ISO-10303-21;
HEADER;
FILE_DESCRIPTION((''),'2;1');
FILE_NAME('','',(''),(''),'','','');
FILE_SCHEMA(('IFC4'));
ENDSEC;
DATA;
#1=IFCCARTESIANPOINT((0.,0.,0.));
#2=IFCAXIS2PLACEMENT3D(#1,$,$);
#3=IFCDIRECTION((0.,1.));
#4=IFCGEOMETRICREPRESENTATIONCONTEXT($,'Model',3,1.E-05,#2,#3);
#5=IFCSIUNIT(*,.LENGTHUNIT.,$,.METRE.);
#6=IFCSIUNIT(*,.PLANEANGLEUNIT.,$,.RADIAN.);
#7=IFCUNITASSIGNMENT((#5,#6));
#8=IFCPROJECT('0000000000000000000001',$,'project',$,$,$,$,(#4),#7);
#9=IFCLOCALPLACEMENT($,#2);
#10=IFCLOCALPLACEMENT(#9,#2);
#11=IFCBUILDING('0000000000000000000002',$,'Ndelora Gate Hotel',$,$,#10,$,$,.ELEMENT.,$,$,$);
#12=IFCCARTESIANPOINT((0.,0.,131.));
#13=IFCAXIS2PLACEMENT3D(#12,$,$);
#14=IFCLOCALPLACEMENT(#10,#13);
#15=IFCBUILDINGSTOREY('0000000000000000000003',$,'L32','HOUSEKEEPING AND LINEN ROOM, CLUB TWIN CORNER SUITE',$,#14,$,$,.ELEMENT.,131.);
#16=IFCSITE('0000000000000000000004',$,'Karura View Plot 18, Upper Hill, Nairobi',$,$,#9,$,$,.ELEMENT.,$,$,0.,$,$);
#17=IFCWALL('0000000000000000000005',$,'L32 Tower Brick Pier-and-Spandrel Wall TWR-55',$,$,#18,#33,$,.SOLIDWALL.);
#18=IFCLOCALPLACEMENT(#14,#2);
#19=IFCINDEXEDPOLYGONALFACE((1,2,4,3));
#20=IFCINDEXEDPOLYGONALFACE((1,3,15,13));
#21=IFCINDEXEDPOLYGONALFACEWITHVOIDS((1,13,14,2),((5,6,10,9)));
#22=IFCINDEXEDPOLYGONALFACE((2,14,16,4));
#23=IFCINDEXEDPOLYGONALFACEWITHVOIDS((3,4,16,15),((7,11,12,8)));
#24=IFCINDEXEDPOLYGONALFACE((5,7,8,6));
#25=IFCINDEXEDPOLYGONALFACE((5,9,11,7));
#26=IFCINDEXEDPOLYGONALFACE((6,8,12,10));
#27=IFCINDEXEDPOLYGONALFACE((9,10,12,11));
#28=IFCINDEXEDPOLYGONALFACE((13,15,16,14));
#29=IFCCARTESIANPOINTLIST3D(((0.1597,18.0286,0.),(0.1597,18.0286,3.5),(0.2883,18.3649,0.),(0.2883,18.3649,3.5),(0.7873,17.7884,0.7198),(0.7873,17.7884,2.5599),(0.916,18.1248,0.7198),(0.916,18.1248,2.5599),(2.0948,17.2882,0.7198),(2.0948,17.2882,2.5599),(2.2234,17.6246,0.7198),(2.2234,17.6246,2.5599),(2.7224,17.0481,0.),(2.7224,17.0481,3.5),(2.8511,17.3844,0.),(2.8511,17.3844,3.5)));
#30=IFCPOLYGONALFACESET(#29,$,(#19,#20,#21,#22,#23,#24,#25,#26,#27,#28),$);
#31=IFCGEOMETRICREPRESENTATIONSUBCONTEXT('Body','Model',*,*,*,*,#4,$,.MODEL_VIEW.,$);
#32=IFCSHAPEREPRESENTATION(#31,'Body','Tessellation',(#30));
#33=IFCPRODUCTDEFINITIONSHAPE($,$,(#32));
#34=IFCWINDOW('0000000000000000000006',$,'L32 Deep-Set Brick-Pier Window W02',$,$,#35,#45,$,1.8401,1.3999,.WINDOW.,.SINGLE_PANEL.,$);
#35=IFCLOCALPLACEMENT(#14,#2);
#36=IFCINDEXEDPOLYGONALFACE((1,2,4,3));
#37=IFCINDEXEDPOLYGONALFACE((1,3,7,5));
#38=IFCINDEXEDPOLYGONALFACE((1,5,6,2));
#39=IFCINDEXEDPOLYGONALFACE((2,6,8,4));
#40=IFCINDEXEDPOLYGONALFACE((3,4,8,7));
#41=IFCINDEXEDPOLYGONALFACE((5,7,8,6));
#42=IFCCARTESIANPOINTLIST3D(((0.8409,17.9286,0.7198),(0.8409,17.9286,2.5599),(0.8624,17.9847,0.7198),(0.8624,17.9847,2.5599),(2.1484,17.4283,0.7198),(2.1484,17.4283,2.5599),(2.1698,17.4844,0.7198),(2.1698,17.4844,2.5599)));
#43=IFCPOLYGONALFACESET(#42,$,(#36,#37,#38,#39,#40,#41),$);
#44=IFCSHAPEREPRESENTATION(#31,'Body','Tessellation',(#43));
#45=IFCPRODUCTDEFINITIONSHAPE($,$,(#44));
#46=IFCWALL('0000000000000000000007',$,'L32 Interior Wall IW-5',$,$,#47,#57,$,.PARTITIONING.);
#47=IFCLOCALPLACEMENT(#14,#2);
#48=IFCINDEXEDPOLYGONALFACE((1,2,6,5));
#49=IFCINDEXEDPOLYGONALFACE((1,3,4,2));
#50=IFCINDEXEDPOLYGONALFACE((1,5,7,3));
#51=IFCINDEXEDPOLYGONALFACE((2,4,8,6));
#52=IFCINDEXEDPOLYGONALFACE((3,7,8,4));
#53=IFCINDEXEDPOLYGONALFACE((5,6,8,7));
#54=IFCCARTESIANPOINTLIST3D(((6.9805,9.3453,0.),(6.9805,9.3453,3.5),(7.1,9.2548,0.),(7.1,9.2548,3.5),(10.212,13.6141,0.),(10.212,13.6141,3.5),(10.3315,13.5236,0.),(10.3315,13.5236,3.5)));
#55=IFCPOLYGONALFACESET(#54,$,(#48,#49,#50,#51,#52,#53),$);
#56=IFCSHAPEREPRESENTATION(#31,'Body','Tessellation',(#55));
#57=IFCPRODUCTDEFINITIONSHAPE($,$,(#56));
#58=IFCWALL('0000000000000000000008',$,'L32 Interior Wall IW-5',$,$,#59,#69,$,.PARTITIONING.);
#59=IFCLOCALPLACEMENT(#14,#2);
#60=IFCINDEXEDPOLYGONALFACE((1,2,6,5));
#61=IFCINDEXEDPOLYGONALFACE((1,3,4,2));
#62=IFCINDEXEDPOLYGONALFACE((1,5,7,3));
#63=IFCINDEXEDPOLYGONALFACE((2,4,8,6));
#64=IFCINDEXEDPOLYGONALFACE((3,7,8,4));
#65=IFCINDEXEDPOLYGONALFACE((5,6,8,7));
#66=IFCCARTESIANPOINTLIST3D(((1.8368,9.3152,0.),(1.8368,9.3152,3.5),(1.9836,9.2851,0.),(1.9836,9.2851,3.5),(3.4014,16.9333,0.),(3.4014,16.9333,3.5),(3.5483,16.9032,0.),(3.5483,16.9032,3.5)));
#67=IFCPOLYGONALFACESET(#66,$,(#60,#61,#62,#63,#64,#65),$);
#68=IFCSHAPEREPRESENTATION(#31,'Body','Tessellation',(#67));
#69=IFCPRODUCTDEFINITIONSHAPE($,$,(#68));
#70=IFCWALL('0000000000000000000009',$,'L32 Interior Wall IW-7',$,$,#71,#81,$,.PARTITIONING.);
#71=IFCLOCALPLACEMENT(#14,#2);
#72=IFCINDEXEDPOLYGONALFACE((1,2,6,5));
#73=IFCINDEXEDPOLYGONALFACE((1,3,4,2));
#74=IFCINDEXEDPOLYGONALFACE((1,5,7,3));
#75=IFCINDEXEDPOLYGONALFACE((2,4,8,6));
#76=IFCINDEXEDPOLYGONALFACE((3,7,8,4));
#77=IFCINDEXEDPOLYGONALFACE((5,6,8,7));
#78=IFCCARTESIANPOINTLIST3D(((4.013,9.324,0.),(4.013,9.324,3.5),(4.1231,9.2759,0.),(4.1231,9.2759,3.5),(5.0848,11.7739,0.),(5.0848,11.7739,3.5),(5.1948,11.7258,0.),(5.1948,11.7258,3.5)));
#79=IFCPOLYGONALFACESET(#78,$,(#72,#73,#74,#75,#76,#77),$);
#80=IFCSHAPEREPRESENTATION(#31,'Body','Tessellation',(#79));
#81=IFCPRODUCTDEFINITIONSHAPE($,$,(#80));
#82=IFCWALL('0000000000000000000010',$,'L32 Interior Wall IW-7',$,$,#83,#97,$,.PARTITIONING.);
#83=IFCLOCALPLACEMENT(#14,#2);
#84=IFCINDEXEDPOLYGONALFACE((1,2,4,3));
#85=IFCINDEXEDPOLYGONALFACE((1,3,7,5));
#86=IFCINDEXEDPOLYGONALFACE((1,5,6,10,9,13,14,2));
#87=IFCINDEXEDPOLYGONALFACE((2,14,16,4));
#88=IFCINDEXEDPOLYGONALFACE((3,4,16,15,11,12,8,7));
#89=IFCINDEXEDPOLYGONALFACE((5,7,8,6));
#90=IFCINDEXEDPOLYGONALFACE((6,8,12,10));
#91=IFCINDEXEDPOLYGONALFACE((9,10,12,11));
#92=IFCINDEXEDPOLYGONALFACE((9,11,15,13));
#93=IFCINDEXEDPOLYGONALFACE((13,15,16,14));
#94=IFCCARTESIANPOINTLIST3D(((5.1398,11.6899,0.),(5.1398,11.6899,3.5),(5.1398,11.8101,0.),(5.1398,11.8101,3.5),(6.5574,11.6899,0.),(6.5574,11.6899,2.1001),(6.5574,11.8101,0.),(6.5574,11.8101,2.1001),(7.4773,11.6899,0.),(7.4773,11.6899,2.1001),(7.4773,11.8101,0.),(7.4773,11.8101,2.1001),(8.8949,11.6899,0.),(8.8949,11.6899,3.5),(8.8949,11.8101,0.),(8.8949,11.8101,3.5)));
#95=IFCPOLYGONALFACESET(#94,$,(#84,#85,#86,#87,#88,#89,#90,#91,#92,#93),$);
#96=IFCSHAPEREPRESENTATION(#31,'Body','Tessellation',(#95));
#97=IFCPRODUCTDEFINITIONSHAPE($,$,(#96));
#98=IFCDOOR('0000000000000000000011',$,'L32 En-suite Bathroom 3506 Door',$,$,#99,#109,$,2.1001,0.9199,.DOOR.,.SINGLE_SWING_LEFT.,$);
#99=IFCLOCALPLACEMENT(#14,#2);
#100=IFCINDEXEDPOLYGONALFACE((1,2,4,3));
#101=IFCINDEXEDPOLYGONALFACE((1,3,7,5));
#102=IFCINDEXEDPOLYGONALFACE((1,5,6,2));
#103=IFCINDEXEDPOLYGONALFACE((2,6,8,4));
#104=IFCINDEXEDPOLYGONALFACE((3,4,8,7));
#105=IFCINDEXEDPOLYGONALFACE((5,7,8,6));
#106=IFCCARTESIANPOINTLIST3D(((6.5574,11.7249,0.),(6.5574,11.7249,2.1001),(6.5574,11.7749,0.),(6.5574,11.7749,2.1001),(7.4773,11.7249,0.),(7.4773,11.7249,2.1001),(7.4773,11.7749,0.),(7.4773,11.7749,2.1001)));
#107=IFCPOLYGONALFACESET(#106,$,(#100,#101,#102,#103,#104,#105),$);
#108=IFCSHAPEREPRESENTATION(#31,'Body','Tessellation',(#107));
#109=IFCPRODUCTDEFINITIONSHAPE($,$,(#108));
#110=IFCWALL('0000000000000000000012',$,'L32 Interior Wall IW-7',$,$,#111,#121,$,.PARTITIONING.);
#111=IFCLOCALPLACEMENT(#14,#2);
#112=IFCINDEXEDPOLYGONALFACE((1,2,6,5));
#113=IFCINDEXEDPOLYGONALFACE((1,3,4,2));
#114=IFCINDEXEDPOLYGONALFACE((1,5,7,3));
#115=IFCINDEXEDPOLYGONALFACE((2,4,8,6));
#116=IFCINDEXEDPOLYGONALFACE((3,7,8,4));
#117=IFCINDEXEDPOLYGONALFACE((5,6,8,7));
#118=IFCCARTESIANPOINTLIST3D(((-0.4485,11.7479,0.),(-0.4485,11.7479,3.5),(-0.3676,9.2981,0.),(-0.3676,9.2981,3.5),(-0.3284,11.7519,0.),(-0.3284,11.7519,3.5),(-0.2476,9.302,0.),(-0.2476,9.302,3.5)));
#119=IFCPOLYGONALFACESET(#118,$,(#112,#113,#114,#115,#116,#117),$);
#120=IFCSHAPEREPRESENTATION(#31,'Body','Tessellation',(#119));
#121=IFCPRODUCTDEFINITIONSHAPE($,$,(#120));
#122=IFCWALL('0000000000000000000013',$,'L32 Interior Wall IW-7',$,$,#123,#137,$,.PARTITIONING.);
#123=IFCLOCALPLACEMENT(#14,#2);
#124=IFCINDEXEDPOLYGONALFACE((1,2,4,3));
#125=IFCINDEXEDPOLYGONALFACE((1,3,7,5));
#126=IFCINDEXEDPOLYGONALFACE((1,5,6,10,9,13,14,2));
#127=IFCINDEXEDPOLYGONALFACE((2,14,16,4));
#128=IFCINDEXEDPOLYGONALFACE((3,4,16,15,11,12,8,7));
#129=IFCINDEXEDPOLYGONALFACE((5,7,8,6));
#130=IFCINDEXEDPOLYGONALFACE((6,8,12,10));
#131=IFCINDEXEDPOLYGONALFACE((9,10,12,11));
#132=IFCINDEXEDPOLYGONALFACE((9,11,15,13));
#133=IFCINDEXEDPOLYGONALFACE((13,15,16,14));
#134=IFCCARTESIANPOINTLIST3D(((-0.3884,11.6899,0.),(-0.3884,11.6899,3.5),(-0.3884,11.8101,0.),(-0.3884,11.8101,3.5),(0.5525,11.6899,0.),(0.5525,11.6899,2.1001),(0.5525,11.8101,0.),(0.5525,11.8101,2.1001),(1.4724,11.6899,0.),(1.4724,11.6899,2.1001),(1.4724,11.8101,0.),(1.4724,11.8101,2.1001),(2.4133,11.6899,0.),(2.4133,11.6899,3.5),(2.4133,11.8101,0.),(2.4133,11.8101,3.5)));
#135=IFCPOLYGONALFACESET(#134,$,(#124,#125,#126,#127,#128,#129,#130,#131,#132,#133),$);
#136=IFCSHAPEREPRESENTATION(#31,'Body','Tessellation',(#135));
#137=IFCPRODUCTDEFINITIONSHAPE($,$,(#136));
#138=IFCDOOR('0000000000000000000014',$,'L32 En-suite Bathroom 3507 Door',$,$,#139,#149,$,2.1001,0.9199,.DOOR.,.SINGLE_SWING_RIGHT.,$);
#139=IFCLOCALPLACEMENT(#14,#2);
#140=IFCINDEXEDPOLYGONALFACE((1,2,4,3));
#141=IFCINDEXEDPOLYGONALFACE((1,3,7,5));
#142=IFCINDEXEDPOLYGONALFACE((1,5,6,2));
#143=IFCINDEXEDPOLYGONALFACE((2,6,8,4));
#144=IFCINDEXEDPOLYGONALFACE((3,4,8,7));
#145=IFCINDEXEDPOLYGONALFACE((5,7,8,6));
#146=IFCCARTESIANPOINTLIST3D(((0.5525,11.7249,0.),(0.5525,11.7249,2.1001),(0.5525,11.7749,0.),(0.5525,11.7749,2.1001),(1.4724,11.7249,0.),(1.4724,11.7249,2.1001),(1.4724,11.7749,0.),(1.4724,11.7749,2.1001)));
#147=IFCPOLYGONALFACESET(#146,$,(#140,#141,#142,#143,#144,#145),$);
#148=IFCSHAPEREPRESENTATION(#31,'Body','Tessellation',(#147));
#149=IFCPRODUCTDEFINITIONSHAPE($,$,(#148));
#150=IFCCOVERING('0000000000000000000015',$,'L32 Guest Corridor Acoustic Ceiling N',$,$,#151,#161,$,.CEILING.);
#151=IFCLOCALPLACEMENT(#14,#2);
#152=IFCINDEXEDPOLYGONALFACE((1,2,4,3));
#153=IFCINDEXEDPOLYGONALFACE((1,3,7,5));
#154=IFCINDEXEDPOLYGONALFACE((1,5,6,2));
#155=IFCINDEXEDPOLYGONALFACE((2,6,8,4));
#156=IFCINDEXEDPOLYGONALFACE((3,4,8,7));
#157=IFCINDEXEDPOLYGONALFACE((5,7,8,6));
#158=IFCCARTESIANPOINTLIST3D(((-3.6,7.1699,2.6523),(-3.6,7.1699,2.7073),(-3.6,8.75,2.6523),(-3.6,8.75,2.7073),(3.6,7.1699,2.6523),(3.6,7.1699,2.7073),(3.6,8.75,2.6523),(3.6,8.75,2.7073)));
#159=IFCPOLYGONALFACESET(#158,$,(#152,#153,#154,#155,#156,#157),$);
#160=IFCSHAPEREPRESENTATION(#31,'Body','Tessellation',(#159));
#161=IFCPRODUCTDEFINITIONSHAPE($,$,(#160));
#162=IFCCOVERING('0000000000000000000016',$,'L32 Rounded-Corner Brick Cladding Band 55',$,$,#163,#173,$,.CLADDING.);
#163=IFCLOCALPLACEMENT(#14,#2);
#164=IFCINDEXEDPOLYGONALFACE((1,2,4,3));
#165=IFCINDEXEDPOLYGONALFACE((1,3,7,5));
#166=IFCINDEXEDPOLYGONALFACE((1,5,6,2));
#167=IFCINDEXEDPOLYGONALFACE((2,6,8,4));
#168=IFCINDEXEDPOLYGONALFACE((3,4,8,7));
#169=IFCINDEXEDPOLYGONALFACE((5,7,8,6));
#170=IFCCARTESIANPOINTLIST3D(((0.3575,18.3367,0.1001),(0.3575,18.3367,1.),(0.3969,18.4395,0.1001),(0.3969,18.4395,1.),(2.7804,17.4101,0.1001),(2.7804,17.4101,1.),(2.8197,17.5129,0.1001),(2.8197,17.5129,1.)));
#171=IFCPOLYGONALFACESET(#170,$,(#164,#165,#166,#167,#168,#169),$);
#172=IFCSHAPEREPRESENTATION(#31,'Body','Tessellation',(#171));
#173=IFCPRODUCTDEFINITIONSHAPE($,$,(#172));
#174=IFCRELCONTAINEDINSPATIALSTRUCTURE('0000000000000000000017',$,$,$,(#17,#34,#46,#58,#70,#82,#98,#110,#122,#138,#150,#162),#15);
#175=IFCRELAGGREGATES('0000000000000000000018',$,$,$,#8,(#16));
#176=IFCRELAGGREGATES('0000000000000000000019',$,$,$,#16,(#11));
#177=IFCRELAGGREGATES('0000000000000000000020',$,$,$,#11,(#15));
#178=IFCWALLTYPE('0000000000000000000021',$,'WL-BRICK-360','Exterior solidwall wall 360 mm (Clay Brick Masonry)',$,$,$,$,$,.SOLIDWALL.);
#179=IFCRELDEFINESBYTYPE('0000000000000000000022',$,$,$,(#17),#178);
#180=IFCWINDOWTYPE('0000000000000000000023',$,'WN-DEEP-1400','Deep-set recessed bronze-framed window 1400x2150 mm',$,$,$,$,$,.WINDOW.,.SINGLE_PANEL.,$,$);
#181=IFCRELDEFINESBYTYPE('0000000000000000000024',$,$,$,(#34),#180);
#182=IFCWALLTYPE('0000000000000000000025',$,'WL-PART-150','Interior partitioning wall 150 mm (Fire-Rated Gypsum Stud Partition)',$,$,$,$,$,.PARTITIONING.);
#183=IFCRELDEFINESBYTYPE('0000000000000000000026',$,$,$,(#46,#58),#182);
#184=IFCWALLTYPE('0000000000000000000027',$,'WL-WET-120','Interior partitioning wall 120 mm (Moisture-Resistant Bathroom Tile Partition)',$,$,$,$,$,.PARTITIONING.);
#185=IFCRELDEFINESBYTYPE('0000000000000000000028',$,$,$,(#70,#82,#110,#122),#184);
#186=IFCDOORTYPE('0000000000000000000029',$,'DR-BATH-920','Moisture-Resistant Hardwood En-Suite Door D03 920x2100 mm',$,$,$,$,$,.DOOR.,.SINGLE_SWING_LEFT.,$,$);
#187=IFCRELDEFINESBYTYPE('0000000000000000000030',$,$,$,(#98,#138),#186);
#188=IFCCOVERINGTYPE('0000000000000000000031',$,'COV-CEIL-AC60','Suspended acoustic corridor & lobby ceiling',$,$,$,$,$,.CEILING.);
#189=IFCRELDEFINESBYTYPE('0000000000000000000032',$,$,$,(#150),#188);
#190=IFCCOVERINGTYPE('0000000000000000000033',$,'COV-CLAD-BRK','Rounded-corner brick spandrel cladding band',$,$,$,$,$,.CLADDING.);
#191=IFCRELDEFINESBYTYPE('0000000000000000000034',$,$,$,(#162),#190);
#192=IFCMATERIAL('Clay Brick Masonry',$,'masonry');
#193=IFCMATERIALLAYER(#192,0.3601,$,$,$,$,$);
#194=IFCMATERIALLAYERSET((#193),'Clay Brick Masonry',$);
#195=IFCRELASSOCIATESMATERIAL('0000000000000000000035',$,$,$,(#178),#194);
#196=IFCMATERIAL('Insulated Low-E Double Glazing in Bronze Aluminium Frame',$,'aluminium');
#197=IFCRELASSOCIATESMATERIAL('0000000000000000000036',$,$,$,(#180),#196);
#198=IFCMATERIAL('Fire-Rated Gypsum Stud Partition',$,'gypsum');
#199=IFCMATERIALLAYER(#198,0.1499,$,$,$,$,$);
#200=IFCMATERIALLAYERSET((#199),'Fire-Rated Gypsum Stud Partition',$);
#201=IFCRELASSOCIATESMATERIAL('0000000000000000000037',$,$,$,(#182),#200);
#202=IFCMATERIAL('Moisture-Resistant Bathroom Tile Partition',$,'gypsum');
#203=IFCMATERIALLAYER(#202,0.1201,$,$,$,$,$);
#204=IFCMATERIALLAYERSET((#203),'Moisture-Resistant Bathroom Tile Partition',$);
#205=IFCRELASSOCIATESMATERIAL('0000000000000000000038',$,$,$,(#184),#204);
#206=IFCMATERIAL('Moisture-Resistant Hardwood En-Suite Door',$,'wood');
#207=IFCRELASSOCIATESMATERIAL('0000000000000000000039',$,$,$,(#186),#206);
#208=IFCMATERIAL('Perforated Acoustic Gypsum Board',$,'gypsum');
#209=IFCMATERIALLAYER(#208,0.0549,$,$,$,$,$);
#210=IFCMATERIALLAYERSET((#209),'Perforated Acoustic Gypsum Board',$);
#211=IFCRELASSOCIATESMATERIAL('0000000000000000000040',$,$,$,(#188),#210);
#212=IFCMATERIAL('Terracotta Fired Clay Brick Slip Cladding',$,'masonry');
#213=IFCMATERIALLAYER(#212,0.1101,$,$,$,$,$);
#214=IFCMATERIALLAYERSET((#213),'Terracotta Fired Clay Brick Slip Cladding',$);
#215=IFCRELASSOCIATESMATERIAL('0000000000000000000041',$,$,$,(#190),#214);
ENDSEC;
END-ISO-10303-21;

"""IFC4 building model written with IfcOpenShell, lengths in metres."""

from ifc_helpers import new_model, si_unit, direction, frame, frame_2d, origin, origin_2d, place, context, subcontext, project, spatial, rectangle, extrude, material, layer, layer_set, type_object, element, fill, save


model = new_model("IFC4")

# Units and contexts
model_context = context("Model", 3, precision=1e-05, world=origin(), true_north=direction((0.0, 1.0)))
body_context = subcontext(model_context, "Body", "Model", "MODEL_VIEW")
ifc_project = project(units=[si_unit("LENGTHUNIT", "METRE"), si_unit("PLANEANGLEUNIT", "RADIAN")], contexts=[model_context])

# Site, building, storey
site_placement = place(None, origin())
site = spatial("IfcSite", under=ifc_project, at=site_placement, Name="Karura View Plot 18, Upper Hill, Nairobi", CompositionType="ELEMENT", RefElevation=0.0)
building_placement = place(site_placement, origin())
building = spatial("IfcBuilding", under=site, at=building_placement, Name="Ndelora Gate Hotel", CompositionType="ELEMENT")
storey_placement = place(building_placement, frame((0.0, 0.0, 131.0)))
storey = spatial("IfcBuildingStorey", under=building, at=storey_placement, Name="L32", Description="HOUSEKEEPING AND LINEN ROOM, CLUB TWIN CORNER SUITE", CompositionType="ELEMENT", Elevation=131.0)

# Shared definitions
ifc_material_1 = material(Name="Clay Brick Masonry", Category="masonry")
ifc_layer_1 = layer(ifc_material_1, 0.3601)
ifc_layer_set_1 = layer_set([ifc_layer_1], Name="Clay Brick Masonry")
wall_type_1 = type_object("IfcWallType", Name="WL-BRICK-360", Description="Exterior solidwall wall 360 mm (Clay Brick Masonry)", PredefinedType="SOLIDWALL", material=ifc_layer_set_1)
ifc_material_2 = material(Name="Insulated Low-E Double Glazing in Bronze Aluminium Frame", Category="aluminium")
window_type = type_object("IfcWindowType", Name="WN-DEEP-1400", Description="Deep-set recessed bronze-framed window 1400x2150 mm", PartitioningType="SINGLE_PANEL", PredefinedType="WINDOW", material=ifc_material_2)

# Wall, opening, window
wall_1_placement = place(storey_placement, frame((0.2239, 18.1968, 0.0), z_axis=(0.0, 0.0, 1.0), x_axis=(0.933979, -0.357327, 0.0)))
wall_1 = element("IfcWall", 1, at=wall_1_placement, inside=storey, type_object=wall_type_1, Name="L32 Tower Brick Pier-and-Spandrel Wall TWR-55", PredefinedType="SOLIDWALL", context=body_context, shape_type="SweptSolid", body=[
    extrude(rectangle(XDim=2.7439, YDim=0.3601, at=frame_2d((1.3721, 0.0))), origin(), (0.0, 0.0, 1.0), 3.5),
])
opening_1_placement = place(wall_1_placement, frame((0.6721, 0.0, 0.72)))
opening_1 = element("IfcOpeningElement", 2, at=opening_1_placement, cuts=wall_1, PredefinedType="OPENING", context=body_context, shape_type="SweptSolid", body=[
    extrude(rectangle(XDim=1.3999, YDim=1.8401, at=frame_2d((0.7, 0.9199))), frame((0.0, 0.1899, 0.0), z_axis=(0.0, -1.0, 0.0), x_axis=(1.0, 0.0, 0.0)), (0.0, 0.0, 1.0), 0.3801),
])
window_1_placement = place(opening_1_placement, origin())
window_1 = element("IfcWindow", 3, at=window_1_placement, inside=storey, type_object=window_type, Name="L32 Deep-Set Brick-Pier Window W02", OverallHeight=1.8401, OverallWidth=1.3999, PartitioningType="SINGLE_PANEL", PredefinedType="WINDOW", context=body_context, shape_type="SweptSolid", body=[
    extrude(rectangle(XDim=1.3999, YDim=1.8401, at=frame_2d((0.7, 0.9199))), frame((0.0, 0.03, 0.0), z_axis=(0.0, -1.0, 0.0), x_axis=(1.0, 0.0, 0.0)), (0.0, 0.0, 1.0), 0.0601),
])
fill(opening_1, window_1)

# Walls
ifc_material_3 = material(Name="Fire-Rated Gypsum Stud Partition", Category="gypsum")
ifc_layer_2 = layer(ifc_material_3, 0.1499)
ifc_layer_set_2 = layer_set([ifc_layer_2], Name="Fire-Rated Gypsum Stud Partition")
wall_type_2 = type_object("IfcWallType", Name="WL-PART-150", Description="Interior partitioning wall 150 mm (Fire-Rated Gypsum Stud Partition)", PredefinedType="PARTITIONING", material=ifc_layer_set_2)
wall_2_placement = place(storey_placement, frame((7.0403, 9.3, 0.0), z_axis=(0.0, 0.0, 1.0), x_axis=(0.603562, 0.797316, 0.0)))
element("IfcWall", 4, at=wall_2_placement, inside=storey, type_object=wall_type_2, Name="L32 Interior Wall IW-5", PredefinedType="PARTITIONING", context=body_context, shape_type="SweptSolid", body=[
    extrude(rectangle(XDim=5.354, YDim=0.1499, at=frame_2d((2.677, 0.0))), origin(), (0.0, 0.0, 1.0), 3.5),
])
wall_3_placement = place(storey_placement, frame((1.9102, 9.3, 0.0), z_axis=(0.0, 0.0, 1.0), x_axis=(0.201191, 0.979552, 0.0)))
element("IfcWall", 5, at=wall_3_placement, inside=storey, type_object=wall_type_2, Name="L32 Interior Wall IW-5", PredefinedType="PARTITIONING", context=body_context, shape_type="SweptSolid", body=[
    extrude(rectangle(XDim=7.7771, YDim=0.1499, at=frame_2d((3.8887, 0.0))), origin(), (0.0, 0.0, 1.0), 3.5),
])
ifc_material_4 = material(Name="Moisture-Resistant Bathroom Tile Partition", Category="gypsum")
ifc_layer_3 = layer(ifc_material_4, 0.1201)
ifc_layer_set_3 = layer_set([ifc_layer_3], Name="Moisture-Resistant Bathroom Tile Partition")
wall_type_3 = type_object("IfcWallType", Name="WL-WET-120", Description="Interior partitioning wall 120 mm (Moisture-Resistant Bathroom Tile Partition)", PredefinedType="PARTITIONING", material=ifc_layer_set_3)
wall_4_placement = place(storey_placement, frame((4.0681, 9.3, 0.0), z_axis=(0.0, 0.0, 1.0), x_axis=(0.400795, 0.916168, 0.0)))
element("IfcWall", 6, at=wall_4_placement, inside=storey, type_object=wall_type_3, Name="L32 Interior Wall IW-7", PredefinedType="PARTITIONING", context=body_context, shape_type="SweptSolid", body=[
    extrude(rectangle(XDim=2.6741, YDim=0.1201, at=frame_2d((1.3369, 0.0))), origin(), (0.0, 0.0, 1.0), 3.5),
])

# Wall, opening, door
wall_5_placement = place(storey_placement, frame((5.1399, 11.75, 0.0), z_axis=(0.0, 0.0, 1.0), x_axis=(1.0, 0.0, 0.0)))
wall_5 = element("IfcWall", 7, at=wall_5_placement, inside=storey, type_object=wall_type_3, Name="L32 Interior Wall IW-7", PredefinedType="PARTITIONING", context=body_context, shape_type="SweptSolid", body=[
    extrude(rectangle(XDim=3.7551, YDim=0.1201, at=frame_2d((1.8774, 0.0))), origin(), (0.0, 0.0, 1.0), 3.5),
])
opening_2_placement = place(wall_5_placement, frame((1.4175, 0.0, 0.0)))
opening_2 = element("IfcOpeningElement", 8, at=opening_2_placement, cuts=wall_5, PredefinedType="OPENING", context=body_context, shape_type="SweptSolid", body=[
    extrude(rectangle(XDim=0.9199, YDim=2.1001, at=frame_2d((0.46, 1.05))), frame((0.0, 0.0701, 0.0), z_axis=(0.0, -1.0, 0.0), x_axis=(1.0, 0.0, 0.0)), (0.0, 0.0, 1.0), 0.1401),
])
ifc_material_5 = material(Name="Moisture-Resistant Hardwood En-Suite Door", Category="wood")
door_type = type_object("IfcDoorType", Name="DR-BATH-920", Description="Moisture-Resistant Hardwood En-Suite Door D03 920x2100 mm", OperationType="SINGLE_SWING_LEFT", PredefinedType="DOOR", material=ifc_material_5)
door_1_placement = place(opening_2_placement, origin())
door_1 = element("IfcDoor", 9, at=door_1_placement, inside=storey, type_object=door_type, Name="L32 En-suite Bathroom 3506 Door", OperationType="SINGLE_SWING_LEFT", OverallHeight=2.1001, OverallWidth=0.9199, PredefinedType="DOOR", context=body_context, shape_type="SweptSolid", body=[
    extrude(rectangle(XDim=0.9199, YDim=2.1001, at=frame_2d((0.46, 1.05))), frame((0.0, 0.0249, 0.0), z_axis=(0.0, -1.0, 0.0), x_axis=(1.0, 0.0, 0.0)), (0.0, 0.0, 1.0), 0.05),
])
fill(opening_2, door_1)

# Wall
wall_6_placement = place(storey_placement, frame((-0.3076, 9.3, 0.0), z_axis=(0.0, 0.0, 1.0), x_axis=(-0.032967, 0.999456, 0.0)))
element("IfcWall", 10, at=wall_6_placement, inside=storey, type_object=wall_type_3, Name="L32 Interior Wall IW-7", PredefinedType="PARTITIONING", context=body_context, shape_type="SweptSolid", body=[
    extrude(rectangle(XDim=2.4512, YDim=0.1201, at=frame_2d((1.2256, 0.0))), origin(), (0.0, 0.0, 1.0), 3.5),
])

# Wall, opening, door
wall_7_placement = place(storey_placement, frame((-0.3884, 11.75, 0.0), z_axis=(0.0, 0.0, 1.0), x_axis=(1.0, 0.0, 0.0)))
wall_7 = element("IfcWall", 11, at=wall_7_placement, inside=storey, type_object=wall_type_3, Name="L32 Interior Wall IW-7", PredefinedType="PARTITIONING", context=body_context, shape_type="SweptSolid", body=[
    extrude(rectangle(XDim=2.8018, YDim=0.1201, at=frame_2d((1.4009, 0.0))), origin(), (0.0, 0.0, 1.0), 3.5),
])
opening_3_placement = place(wall_7_placement, frame((0.9409, 0.0, 0.0)))
opening_3 = element("IfcOpeningElement", 12, at=opening_3_placement, cuts=wall_7, PredefinedType="OPENING", context=body_context, shape_type="SweptSolid", body=[
    extrude(rectangle(XDim=0.9199, YDim=2.1001, at=frame_2d((0.46, 1.05))), frame((0.0, 0.0701, 0.0), z_axis=(0.0, -1.0, 0.0), x_axis=(1.0, 0.0, 0.0)), (0.0, 0.0, 1.0), 0.1401),
])
door_2_placement = place(opening_3_placement, origin())
door_2 = element("IfcDoor", 13, at=door_2_placement, inside=storey, type_object=door_type, Name="L32 En-suite Bathroom 3507 Door", OperationType="SINGLE_SWING_RIGHT", OverallHeight=2.1001, OverallWidth=0.9199, PredefinedType="DOOR", context=body_context, shape_type="SweptSolid", body=[
    extrude(rectangle(XDim=0.9199, YDim=2.1001, at=frame_2d((0.46, 1.05))), frame((0.0, 0.0249, 0.0), z_axis=(0.0, -1.0, 0.0), x_axis=(1.0, 0.0, 0.0)), (0.0, 0.0, 1.0), 0.05),
])
fill(opening_3, door_2)

# Coverings
ifc_material_6 = material(Name="Perforated Acoustic Gypsum Board", Category="gypsum")
ifc_layer_4 = layer(ifc_material_6, 0.0549)
ifc_layer_set_4 = layer_set([ifc_layer_4], Name="Perforated Acoustic Gypsum Board")
covering_type_1 = type_object("IfcCoveringType", Name="COV-CEIL-AC60", Description="Suspended acoustic corridor & lobby ceiling", PredefinedType="CEILING", material=ifc_layer_set_4)
covering_1_placement = place(storey_placement, frame((0.0, 7.96, 2.6523), z_axis=(0.0, 0.0, 1.0), x_axis=(1.0, 0.0, 0.0)))
element("IfcCovering", 14, at=covering_1_placement, inside=storey, type_object=covering_type_1, Name="L32 Guest Corridor Acoustic Ceiling N", PredefinedType="CEILING", context=body_context, shape_type="SweptSolid", body=[
    extrude(rectangle(XDim=7.2, YDim=1.5801, at=origin_2d()), origin(), (0.0, 0.0, 1.0), 0.0549),
])
ifc_material_7 = material(Name="Terracotta Fired Clay Brick Slip Cladding", Category="masonry")
ifc_layer_5 = layer(ifc_material_7, 0.1101)
ifc_layer_set_5 = layer_set([ifc_layer_5], Name="Terracotta Fired Clay Brick Slip Cladding")
covering_type_2 = type_object("IfcCoveringType", Name="COV-CLAD-BRK", Description="Rounded-corner brick spandrel cladding band", PredefinedType="CLADDING", material=ifc_layer_set_5)
covering_2_placement = place(storey_placement, frame((1.5886, 17.9248, 0.1001), z_axis=(0.0, 0.0, 1.0), x_axis=(-0.934018, 0.357227, 0.0)))
element("IfcCovering", 15, at=covering_2_placement, inside=storey, type_object=covering_type_2, Name="L32 Rounded-Corner Brick Cladding Band 55", PredefinedType="CLADDING", context=body_context, shape_type="SweptSolid", body=[
    extrude(rectangle(XDim=2.594, YDim=0.1101, at=origin_2d()), origin(), (0.0, 0.0, 1.0), 0.8999),
])

save(model, "model.ifc")
